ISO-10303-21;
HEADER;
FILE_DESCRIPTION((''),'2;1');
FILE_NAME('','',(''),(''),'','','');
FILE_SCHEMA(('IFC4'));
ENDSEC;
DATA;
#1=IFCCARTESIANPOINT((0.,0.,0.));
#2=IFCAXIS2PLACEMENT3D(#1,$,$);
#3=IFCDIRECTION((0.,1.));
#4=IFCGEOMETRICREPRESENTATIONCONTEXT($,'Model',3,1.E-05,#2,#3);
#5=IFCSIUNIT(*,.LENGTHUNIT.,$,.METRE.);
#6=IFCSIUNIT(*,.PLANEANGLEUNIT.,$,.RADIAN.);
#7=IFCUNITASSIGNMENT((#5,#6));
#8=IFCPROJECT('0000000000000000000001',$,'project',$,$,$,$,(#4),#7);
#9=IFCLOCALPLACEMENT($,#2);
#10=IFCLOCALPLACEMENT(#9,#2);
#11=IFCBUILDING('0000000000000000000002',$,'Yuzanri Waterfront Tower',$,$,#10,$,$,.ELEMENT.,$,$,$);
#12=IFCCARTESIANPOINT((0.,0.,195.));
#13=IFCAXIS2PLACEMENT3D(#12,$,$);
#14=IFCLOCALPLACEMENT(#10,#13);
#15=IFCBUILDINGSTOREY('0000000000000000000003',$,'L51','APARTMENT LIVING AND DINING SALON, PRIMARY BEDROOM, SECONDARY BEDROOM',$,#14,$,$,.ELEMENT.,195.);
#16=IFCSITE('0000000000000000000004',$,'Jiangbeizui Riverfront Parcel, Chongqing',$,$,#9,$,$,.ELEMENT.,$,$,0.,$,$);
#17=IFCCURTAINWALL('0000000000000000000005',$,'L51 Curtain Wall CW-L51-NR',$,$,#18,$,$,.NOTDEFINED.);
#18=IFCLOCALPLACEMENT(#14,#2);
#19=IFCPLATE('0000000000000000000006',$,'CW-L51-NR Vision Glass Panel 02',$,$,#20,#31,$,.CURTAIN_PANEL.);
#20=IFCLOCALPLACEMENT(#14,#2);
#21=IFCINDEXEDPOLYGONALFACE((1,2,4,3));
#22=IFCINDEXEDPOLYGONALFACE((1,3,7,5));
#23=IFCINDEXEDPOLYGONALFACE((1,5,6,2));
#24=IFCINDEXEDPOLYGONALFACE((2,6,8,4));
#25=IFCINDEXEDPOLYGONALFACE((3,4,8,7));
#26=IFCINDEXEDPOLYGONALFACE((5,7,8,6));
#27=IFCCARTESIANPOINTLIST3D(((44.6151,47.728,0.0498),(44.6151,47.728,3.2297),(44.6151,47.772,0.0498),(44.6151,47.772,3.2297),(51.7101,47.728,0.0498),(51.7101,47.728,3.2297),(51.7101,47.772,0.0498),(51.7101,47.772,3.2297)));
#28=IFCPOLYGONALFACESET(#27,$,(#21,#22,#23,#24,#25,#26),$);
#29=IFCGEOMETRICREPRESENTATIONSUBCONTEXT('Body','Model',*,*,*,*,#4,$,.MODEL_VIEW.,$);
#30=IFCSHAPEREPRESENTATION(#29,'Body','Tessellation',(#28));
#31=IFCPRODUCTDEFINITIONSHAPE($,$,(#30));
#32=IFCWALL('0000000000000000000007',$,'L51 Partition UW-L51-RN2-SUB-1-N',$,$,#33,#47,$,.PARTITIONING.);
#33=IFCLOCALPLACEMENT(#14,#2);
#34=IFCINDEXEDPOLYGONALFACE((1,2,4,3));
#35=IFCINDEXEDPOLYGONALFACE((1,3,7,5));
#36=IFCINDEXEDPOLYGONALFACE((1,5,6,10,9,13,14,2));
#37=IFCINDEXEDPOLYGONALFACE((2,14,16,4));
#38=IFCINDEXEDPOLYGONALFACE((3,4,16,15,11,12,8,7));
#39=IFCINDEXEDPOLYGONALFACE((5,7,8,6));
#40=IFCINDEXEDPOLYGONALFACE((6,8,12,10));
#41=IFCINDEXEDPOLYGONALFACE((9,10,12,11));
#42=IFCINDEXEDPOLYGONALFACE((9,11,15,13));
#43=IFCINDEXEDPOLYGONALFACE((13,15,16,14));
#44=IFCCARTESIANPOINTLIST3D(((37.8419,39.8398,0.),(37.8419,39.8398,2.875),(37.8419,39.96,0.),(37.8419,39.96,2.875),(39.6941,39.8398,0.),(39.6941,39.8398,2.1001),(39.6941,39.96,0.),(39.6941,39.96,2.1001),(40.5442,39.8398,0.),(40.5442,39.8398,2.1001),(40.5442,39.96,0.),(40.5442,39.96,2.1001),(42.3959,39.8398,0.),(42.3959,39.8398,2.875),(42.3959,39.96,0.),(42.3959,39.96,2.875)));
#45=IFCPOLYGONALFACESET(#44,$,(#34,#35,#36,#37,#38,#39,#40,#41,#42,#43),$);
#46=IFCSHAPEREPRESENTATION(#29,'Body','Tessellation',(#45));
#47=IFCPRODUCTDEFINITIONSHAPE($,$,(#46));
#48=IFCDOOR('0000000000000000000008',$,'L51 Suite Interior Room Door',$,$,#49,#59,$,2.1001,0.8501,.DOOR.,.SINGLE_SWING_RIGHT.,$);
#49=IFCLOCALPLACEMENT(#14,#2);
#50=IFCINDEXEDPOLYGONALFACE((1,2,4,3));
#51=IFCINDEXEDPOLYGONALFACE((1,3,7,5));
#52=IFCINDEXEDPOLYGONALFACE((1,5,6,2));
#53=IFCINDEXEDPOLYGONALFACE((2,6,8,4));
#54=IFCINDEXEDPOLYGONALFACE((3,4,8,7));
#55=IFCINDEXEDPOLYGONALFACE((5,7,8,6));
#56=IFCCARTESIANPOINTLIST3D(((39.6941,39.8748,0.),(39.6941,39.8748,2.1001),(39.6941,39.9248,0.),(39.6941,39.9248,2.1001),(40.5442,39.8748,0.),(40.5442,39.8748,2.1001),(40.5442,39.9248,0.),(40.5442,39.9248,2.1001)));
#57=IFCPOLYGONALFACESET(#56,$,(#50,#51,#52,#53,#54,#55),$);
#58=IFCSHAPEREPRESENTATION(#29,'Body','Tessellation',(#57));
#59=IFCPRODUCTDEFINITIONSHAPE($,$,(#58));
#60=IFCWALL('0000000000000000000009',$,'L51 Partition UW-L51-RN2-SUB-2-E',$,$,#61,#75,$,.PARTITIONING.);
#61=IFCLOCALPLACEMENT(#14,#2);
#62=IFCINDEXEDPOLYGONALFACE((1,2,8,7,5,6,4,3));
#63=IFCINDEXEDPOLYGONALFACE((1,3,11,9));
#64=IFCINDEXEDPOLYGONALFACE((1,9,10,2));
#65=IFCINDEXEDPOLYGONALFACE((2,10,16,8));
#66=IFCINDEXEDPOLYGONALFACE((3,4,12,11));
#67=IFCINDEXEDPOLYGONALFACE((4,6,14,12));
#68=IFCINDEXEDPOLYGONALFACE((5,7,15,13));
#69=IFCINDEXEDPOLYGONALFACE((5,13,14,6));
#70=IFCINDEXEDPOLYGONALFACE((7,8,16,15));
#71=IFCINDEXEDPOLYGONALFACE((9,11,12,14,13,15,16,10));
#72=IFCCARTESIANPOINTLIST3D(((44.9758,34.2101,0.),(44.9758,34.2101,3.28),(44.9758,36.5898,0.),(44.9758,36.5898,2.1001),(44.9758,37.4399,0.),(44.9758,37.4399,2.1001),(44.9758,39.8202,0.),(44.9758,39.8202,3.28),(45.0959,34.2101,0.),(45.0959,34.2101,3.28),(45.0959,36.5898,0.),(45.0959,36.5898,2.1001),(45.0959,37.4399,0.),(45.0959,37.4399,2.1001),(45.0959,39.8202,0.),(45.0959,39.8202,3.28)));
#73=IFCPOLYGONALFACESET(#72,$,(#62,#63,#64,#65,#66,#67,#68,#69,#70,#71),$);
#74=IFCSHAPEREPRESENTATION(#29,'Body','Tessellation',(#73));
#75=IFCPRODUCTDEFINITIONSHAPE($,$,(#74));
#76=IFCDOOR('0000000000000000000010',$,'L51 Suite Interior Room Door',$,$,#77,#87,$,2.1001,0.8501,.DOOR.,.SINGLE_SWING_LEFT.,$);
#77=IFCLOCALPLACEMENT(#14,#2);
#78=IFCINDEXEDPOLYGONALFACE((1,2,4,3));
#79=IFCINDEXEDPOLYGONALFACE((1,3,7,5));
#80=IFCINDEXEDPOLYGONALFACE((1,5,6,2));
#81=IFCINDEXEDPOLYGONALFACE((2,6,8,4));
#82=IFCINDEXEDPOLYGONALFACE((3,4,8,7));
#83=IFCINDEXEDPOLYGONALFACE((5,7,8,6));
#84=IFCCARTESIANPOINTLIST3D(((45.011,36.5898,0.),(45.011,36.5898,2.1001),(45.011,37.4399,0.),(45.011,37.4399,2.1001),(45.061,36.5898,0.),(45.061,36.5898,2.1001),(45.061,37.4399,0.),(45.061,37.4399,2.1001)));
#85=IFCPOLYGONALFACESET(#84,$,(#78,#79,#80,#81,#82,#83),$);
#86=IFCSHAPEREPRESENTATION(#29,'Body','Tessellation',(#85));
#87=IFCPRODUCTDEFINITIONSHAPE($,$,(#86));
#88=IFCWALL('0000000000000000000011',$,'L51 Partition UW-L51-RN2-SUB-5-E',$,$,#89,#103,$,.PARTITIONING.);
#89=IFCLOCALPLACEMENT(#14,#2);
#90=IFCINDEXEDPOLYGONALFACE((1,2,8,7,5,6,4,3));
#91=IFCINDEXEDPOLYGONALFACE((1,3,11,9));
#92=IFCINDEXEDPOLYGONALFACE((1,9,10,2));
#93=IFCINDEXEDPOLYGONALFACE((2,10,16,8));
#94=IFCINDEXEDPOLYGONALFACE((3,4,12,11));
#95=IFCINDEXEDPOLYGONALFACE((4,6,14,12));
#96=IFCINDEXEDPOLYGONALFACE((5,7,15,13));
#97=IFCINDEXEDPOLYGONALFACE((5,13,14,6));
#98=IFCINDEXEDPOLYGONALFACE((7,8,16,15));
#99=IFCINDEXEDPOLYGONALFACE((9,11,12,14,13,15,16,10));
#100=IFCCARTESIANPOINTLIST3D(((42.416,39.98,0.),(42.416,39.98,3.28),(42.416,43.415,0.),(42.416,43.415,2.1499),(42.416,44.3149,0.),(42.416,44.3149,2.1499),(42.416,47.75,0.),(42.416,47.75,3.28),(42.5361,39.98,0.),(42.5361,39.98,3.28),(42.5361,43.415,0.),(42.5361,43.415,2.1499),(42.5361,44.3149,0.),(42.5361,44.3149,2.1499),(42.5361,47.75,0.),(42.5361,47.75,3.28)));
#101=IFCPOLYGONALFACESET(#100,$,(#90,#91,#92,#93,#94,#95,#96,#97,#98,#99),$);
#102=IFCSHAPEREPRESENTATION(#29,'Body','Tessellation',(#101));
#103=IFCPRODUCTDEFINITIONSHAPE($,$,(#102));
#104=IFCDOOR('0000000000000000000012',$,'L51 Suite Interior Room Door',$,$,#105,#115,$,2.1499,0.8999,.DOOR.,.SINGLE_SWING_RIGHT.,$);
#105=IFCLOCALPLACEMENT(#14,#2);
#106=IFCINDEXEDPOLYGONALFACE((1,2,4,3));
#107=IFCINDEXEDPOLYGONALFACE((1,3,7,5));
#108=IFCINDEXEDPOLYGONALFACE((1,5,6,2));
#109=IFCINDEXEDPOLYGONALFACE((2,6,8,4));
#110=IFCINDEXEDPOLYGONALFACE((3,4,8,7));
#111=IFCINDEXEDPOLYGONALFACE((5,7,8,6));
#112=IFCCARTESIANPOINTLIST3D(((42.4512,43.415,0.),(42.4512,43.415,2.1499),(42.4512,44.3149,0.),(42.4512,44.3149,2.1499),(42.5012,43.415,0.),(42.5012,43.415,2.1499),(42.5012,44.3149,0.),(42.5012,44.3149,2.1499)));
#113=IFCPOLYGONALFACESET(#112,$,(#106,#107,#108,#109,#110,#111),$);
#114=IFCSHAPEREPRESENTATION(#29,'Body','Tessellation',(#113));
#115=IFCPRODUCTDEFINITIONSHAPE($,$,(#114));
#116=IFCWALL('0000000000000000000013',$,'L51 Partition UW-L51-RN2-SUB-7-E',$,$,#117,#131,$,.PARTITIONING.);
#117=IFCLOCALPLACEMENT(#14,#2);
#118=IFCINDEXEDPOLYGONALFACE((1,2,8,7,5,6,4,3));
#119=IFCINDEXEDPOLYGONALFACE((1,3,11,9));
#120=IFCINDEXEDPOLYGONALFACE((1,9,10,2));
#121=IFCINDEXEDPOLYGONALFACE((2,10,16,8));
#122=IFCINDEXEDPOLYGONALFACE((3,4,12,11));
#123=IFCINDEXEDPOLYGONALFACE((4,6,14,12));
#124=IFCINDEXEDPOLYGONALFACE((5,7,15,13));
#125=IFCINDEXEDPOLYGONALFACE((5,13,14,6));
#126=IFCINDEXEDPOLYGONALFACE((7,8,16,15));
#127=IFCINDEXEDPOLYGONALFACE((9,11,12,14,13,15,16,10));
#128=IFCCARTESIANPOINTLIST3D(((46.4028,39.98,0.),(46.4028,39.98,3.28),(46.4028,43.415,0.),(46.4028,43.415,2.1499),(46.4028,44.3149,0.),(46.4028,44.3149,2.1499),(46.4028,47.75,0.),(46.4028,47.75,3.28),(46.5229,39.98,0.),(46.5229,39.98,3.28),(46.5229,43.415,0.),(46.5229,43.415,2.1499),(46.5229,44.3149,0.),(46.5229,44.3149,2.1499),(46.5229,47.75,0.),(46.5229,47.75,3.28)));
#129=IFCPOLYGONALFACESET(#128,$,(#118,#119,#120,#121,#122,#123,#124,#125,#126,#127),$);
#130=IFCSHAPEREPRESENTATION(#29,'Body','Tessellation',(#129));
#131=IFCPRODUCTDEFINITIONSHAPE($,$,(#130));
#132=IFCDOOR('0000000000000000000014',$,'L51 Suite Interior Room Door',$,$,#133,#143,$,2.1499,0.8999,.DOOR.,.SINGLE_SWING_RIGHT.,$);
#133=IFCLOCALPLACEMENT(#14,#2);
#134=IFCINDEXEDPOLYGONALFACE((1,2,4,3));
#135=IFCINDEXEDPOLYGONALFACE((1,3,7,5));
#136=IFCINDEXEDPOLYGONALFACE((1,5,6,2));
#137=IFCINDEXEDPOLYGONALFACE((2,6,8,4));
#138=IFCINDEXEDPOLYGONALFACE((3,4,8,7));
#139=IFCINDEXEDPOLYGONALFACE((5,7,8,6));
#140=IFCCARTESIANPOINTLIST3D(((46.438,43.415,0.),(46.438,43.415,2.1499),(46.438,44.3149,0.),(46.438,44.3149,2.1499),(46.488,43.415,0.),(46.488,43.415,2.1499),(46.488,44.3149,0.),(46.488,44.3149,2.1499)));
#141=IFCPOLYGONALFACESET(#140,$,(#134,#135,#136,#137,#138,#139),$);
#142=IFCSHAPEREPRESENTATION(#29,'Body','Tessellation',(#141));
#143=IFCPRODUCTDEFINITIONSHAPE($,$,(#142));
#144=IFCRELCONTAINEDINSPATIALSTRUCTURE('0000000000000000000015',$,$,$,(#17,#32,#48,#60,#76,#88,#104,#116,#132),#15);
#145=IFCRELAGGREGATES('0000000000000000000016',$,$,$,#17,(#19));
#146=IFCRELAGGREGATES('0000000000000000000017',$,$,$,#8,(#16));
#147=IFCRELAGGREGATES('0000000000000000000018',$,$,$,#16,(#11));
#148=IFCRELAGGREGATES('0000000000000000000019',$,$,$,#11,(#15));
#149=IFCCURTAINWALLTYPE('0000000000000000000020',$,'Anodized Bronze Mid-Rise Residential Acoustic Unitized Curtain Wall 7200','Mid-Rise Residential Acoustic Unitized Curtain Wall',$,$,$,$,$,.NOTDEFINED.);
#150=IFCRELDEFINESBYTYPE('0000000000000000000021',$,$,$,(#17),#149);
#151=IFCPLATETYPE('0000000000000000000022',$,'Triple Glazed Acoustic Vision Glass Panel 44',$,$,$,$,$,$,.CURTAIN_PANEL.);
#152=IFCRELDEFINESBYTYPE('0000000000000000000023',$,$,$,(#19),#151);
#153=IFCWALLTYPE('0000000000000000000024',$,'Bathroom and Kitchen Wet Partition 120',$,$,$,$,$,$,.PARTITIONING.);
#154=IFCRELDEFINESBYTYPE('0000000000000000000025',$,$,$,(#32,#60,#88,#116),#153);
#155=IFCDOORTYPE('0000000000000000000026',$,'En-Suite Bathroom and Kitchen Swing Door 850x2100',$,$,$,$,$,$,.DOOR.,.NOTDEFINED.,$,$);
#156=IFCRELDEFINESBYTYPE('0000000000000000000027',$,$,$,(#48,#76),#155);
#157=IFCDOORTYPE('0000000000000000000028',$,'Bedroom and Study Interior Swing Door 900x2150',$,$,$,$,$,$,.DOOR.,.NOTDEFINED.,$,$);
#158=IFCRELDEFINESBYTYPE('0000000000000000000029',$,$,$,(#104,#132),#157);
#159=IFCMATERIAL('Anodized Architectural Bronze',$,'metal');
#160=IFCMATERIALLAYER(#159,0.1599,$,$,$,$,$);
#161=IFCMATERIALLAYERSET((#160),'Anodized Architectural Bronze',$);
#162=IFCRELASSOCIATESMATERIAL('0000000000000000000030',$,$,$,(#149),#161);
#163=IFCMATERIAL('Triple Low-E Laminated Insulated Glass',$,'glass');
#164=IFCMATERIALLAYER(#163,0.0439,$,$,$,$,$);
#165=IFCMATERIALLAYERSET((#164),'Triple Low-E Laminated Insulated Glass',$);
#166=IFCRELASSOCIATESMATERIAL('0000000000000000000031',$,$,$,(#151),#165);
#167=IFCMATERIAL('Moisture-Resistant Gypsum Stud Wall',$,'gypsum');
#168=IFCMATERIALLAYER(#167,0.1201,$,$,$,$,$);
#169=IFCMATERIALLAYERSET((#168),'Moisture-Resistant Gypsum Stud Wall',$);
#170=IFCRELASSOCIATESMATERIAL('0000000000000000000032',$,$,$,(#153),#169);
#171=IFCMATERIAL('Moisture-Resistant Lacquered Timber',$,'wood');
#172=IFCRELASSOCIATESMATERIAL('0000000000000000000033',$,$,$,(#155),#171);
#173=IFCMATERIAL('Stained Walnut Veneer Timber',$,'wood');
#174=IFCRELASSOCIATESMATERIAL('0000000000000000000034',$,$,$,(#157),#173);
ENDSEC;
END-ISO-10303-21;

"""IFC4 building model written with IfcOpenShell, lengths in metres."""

from ifc_helpers import new_model, si_unit, direction, frame, frame_2d, origin, origin_2d, place, context, subcontext, project, spatial, rectangle, extrude, source, transform, mapped, material, layer, layer_set, type_object, element, fill, aggregate, save


model = new_model("IFC4")

# Units and contexts
model_context = context("Model", 3, precision=1e-05, world=origin(), true_north=direction((0.0, 1.0)))
body_context = subcontext(model_context, "Body", "Model", "MODEL_VIEW")
ifc_project = project(units=[si_unit("LENGTHUNIT", "METRE"), si_unit("PLANEANGLEUNIT", "RADIAN")], contexts=[model_context])

# Site, building, storey
site_placement = place(None, origin())
site = spatial("IfcSite", under=ifc_project, at=site_placement, Name="Jiangbeizui Riverfront Parcel, Chongqing", CompositionType="ELEMENT", RefElevation=0.0)
building_placement = place(site_placement, origin())
building = spatial("IfcBuilding", under=site, at=building_placement, Name="Yuzanri Waterfront Tower", CompositionType="ELEMENT")
storey_placement = place(building_placement, frame((0.0, 0.0, 195.0)))
storey = spatial("IfcBuildingStorey", under=building, at=storey_placement, Name="L51", Description="APARTMENT LIVING AND DINING SALON, PRIMARY BEDROOM, SECONDARY BEDROOM", CompositionType="ELEMENT", Elevation=195.0)

# Curtain wall, plate
ifc_material_1 = material(Name="Anodized Architectural Bronze", Category="metal")
ifc_layer_1 = layer(ifc_material_1, 0.1599)
ifc_layer_set_1 = layer_set([ifc_layer_1], Name="Anodized Architectural Bronze")
curtain_wall_type = type_object("IfcCurtainWallType", Name="Anodized Bronze Mid-Rise Residential Acoustic Unitized Curtain Wall 7200", Description="Mid-Rise Residential Acoustic Unitized Curtain Wall", PredefinedType="NOTDEFINED", material=ifc_layer_set_1)
curtain_wall_placement = place(storey_placement, origin())
curtain_wall = element("IfcCurtainWall", 1, at=curtain_wall_placement, inside=storey, type_object=curtain_wall_type, Name="L51 Curtain Wall CW-L51-NR", PredefinedType="NOTDEFINED")
ifc_material_2 = material(Name="Triple Low-E Laminated Insulated Glass", Category="glass")
ifc_layer_2 = layer(ifc_material_2, 0.0439)
ifc_layer_set_2 = layer_set([ifc_layer_2], Name="Triple Low-E Laminated Insulated Glass")
plate_type = type_object("IfcPlateType", Name="Triple Glazed Acoustic Vision Glass Panel 44", PredefinedType="CURTAIN_PANEL", material=ifc_layer_set_2)
shared_shape_1 = source(origin(), body_context, "Body", "SweptSolid", [
    extrude(rectangle(XDim=7.095, YDim=0.0439, at=origin_2d()), origin(), (0.0, 0.0, 1.0), 3.1799),
])
plate_1_placement = place(storey_placement, frame((48.1626, 47.75, 0.0498), z_axis=(0.0, 0.0, 1.0), x_axis=(1.0, 0.0, 0.0)))
plate_1 = element("IfcPlate", 2, at=plate_1_placement, type_object=plate_type, Name="CW-L51-NR Vision Glass Panel 02", PredefinedType="CURTAIN_PANEL", context=body_context, shape_type="MappedRepresentation", body=[
    mapped(shared_shape_1, transform((0.0, 0.0, 0.0), scale=1.0)),
])
aggregate(curtain_wall, [plate_1])

# Walls, openings, doors
ifc_material_3 = material(Name="Moisture-Resistant Gypsum Stud Wall", Category="gypsum")
ifc_layer_3 = layer(ifc_material_3, 0.1201)
ifc_layer_set_3 = layer_set([ifc_layer_3], Name="Moisture-Resistant Gypsum Stud Wall")
wall_type_1 = type_object("IfcWallType", Name="Bathroom and Kitchen Wet Partition 120", PredefinedType="PARTITIONING", material=ifc_layer_set_3)
wall_1_placement = place(storey_placement, frame((37.842, 39.8999, 0.0), z_axis=(0.0, 0.0, 1.0), x_axis=(1.0, 0.0, 0.0)))
wall_1 = element("IfcWall", 3, at=wall_1_placement, inside=storey, type_object=wall_type_1, Name="L51 Partition UW-L51-RN2-SUB-1-N", PredefinedType="PARTITIONING", context=body_context, shape_type="SweptSolid", body=[
    extrude(rectangle(XDim=4.554, YDim=0.1201, at=frame_2d((2.2769, 0.0))), origin(), (0.0, 0.0, 1.0), 2.875),
])
opening_1_placement = place(wall_1_placement, frame((1.8521, 0.0, 0.0)))
opening_1 = element("IfcOpeningElement", 4, at=opening_1_placement, cuts=wall_1, PredefinedType="OPENING", context=body_context, shape_type="SweptSolid", body=[
    extrude(rectangle(XDim=0.8501, YDim=2.1001, at=frame_2d((0.425, 1.05))), frame((0.0, 0.075, 0.0), z_axis=(0.0, -1.0, 0.0), x_axis=(1.0, 0.0, 0.0)), (0.0, 0.0, 1.0), 0.1499),
])
ifc_material_4 = material(Name="Moisture-Resistant Lacquered Timber", Category="wood")
door_type_1 = type_object("IfcDoorType", Name="En-Suite Bathroom and Kitchen Swing Door 850x2100", OperationType="NOTDEFINED", PredefinedType="DOOR", material=ifc_material_4)
shared_shape_2 = source(origin(), body_context, "Body", "SweptSolid", [
    extrude(rectangle(XDim=0.8501, YDim=2.1001, at=frame_2d((0.425, 1.05))), frame((0.0, 0.0249, 0.0), z_axis=(0.0, -1.0, 0.0), x_axis=(1.0, 0.0, 0.0)), (0.0, 0.0, 1.0), 0.05),
])
door_1_placement = place(opening_1_placement, origin())
door_1 = element("IfcDoor", 5, at=door_1_placement, inside=storey, type_object=door_type_1, Name="L51 Suite Interior Room Door", OperationType="SINGLE_SWING_RIGHT", OverallHeight=2.1001, OverallWidth=0.8501, PredefinedType="DOOR", context=body_context, shape_type="MappedRepresentation", body=[
    mapped(shared_shape_2, transform((0.0, 0.0, 0.0), scale=1.0)),
])
fill(opening_1, door_1)
wall_2_placement = place(storey_placement, frame((45.0359, 34.21, 0.0), z_axis=(0.0, 0.0, 1.0), x_axis=(0.0, 1.0, 0.0)))
wall_2 = element("IfcWall", 6, at=wall_2_placement, inside=storey, type_object=wall_type_1, Name="L51 Partition UW-L51-RN2-SUB-2-E", PredefinedType="PARTITIONING", context=body_context, shape_type="SweptSolid", body=[
    extrude(rectangle(XDim=5.6101, YDim=0.1201, at=frame_2d((2.8052, 0.0))), origin(), (0.0, 0.0, 1.0), 3.28),
])
opening_2_placement = place(wall_2_placement, frame((2.3799, 0.0, 0.0)))
opening_2 = element("IfcOpeningElement", 7, at=opening_2_placement, cuts=wall_2, PredefinedType="OPENING", context=body_context, shape_type="SweptSolid", body=[
    extrude(rectangle(XDim=0.8501, YDim=2.1001, at=frame_2d((0.425, 1.05))), frame((0.0, 0.075, 0.0), z_axis=(0.0, -1.0, 0.0), x_axis=(1.0, 0.0, 0.0)), (0.0, 0.0, 1.0), 0.1499),
])
door_2_placement = place(opening_2_placement, origin())
door_2 = element("IfcDoor", 8, at=door_2_placement, inside=storey, type_object=door_type_1, Name="L51 Suite Interior Room Door", OperationType="SINGLE_SWING_LEFT", OverallHeight=2.1001, OverallWidth=0.8501, PredefinedType="DOOR", context=body_context, shape_type="MappedRepresentation", body=[
    mapped(shared_shape_2, transform((0.0, 0.0, 0.0), scale=1.0)),
])
fill(opening_2, door_2)
wall_3_placement = place(storey_placement, frame((42.4761, 39.98, 0.0), z_axis=(0.0, 0.0, 1.0), x_axis=(0.0, 1.0, 0.0)))
wall_3 = element("IfcWall", 9, at=wall_3_placement, inside=storey, type_object=wall_type_1, Name="L51 Partition UW-L51-RN2-SUB-5-E", PredefinedType="PARTITIONING", context=body_context, shape_type="SweptSolid", body=[
    extrude(rectangle(XDim=7.77, YDim=0.1201, at=frame_2d((3.885, 0.0))), origin(), (0.0, 0.0, 1.0), 3.28),
])
opening_3_placement = place(wall_3_placement, frame((3.4351, 0.0, 0.0)))
opening_3 = element("IfcOpeningElement", 10, at=opening_3_placement, cuts=wall_3, PredefinedType="OPENING", context=body_context, shape_type="SweptSolid", body=[
    extrude(rectangle(XDim=0.8999, YDim=2.1499, at=frame_2d((0.45, 1.075))), frame((0.0, 0.075, 0.0), z_axis=(0.0, -1.0, 0.0), x_axis=(1.0, 0.0, 0.0)), (0.0, 0.0, 1.0), 0.1499),
])
ifc_material_5 = material(Name="Stained Walnut Veneer Timber", Category="wood")
door_type_2 = type_object("IfcDoorType", Name="Bedroom and Study Interior Swing Door 900x2150", OperationType="NOTDEFINED", PredefinedType="DOOR", material=ifc_material_5)
shared_shape_3 = source(origin(), body_context, "Body", "SweptSolid", [
    extrude(rectangle(XDim=0.8999, YDim=2.1499, at=frame_2d((0.45, 1.075))), frame((0.0, 0.0249, 0.0), z_axis=(0.0, -1.0, 0.0), x_axis=(1.0, 0.0, 0.0)), (0.0, 0.0, 1.0), 0.05),
])
door_3_placement = place(opening_3_placement, origin())
door_3 = element("IfcDoor", 11, at=door_3_placement, inside=storey, type_object=door_type_2, Name="L51 Suite Interior Room Door", OperationType="SINGLE_SWING_RIGHT", OverallHeight=2.1499, OverallWidth=0.8999, PredefinedType="DOOR", context=body_context, shape_type="MappedRepresentation", body=[
    mapped(shared_shape_3, transform((0.0, 0.0, 0.0), scale=1.0)),
])
fill(opening_3, door_3)
wall_4_placement = place(storey_placement, frame((46.4629, 39.98, 0.0), z_axis=(0.0, 0.0, 1.0), x_axis=(0.0, 1.0, 0.0)))
wall_4 = element("IfcWall", 12, at=wall_4_placement, inside=storey, type_object=wall_type_1, Name="L51 Partition UW-L51-RN2-SUB-7-E", PredefinedType="PARTITIONING", context=body_context, shape_type="SweptSolid", body=[
    extrude(rectangle(XDim=7.77, YDim=0.1201, at=frame_2d((3.885, 0.0))), origin(), (0.0, 0.0, 1.0), 3.28),
])
opening_4_placement = place(wall_4_placement, frame((3.4351, 0.0, 0.0)))
opening_4 = element("IfcOpeningElement", 13, at=opening_4_placement, cuts=wall_4, PredefinedType="OPENING", context=body_context, shape_type="SweptSolid", body=[
    extrude(rectangle(XDim=0.8999, YDim=2.1499, at=frame_2d((0.45, 1.075))), frame((0.0, 0.075, 0.0), z_axis=(0.0, -1.0, 0.0), x_axis=(1.0, 0.0, 0.0)), (0.0, 0.0, 1.0), 0.1499),
])
door_4_placement = place(opening_4_placement, origin())
door_4 = element("IfcDoor", 14, at=door_4_placement, inside=storey, type_object=door_type_2, Name="L51 Suite Interior Room Door", OperationType="SINGLE_SWING_RIGHT", OverallHeight=2.1499, OverallWidth=0.8999, PredefinedType="DOOR", context=body_context, shape_type="MappedRepresentation", body=[
    mapped(shared_shape_3, transform((0.0, 0.0, 0.0), scale=1.0)),
])
fill(opening_4, door_4)

save(model, "model.ifc")
